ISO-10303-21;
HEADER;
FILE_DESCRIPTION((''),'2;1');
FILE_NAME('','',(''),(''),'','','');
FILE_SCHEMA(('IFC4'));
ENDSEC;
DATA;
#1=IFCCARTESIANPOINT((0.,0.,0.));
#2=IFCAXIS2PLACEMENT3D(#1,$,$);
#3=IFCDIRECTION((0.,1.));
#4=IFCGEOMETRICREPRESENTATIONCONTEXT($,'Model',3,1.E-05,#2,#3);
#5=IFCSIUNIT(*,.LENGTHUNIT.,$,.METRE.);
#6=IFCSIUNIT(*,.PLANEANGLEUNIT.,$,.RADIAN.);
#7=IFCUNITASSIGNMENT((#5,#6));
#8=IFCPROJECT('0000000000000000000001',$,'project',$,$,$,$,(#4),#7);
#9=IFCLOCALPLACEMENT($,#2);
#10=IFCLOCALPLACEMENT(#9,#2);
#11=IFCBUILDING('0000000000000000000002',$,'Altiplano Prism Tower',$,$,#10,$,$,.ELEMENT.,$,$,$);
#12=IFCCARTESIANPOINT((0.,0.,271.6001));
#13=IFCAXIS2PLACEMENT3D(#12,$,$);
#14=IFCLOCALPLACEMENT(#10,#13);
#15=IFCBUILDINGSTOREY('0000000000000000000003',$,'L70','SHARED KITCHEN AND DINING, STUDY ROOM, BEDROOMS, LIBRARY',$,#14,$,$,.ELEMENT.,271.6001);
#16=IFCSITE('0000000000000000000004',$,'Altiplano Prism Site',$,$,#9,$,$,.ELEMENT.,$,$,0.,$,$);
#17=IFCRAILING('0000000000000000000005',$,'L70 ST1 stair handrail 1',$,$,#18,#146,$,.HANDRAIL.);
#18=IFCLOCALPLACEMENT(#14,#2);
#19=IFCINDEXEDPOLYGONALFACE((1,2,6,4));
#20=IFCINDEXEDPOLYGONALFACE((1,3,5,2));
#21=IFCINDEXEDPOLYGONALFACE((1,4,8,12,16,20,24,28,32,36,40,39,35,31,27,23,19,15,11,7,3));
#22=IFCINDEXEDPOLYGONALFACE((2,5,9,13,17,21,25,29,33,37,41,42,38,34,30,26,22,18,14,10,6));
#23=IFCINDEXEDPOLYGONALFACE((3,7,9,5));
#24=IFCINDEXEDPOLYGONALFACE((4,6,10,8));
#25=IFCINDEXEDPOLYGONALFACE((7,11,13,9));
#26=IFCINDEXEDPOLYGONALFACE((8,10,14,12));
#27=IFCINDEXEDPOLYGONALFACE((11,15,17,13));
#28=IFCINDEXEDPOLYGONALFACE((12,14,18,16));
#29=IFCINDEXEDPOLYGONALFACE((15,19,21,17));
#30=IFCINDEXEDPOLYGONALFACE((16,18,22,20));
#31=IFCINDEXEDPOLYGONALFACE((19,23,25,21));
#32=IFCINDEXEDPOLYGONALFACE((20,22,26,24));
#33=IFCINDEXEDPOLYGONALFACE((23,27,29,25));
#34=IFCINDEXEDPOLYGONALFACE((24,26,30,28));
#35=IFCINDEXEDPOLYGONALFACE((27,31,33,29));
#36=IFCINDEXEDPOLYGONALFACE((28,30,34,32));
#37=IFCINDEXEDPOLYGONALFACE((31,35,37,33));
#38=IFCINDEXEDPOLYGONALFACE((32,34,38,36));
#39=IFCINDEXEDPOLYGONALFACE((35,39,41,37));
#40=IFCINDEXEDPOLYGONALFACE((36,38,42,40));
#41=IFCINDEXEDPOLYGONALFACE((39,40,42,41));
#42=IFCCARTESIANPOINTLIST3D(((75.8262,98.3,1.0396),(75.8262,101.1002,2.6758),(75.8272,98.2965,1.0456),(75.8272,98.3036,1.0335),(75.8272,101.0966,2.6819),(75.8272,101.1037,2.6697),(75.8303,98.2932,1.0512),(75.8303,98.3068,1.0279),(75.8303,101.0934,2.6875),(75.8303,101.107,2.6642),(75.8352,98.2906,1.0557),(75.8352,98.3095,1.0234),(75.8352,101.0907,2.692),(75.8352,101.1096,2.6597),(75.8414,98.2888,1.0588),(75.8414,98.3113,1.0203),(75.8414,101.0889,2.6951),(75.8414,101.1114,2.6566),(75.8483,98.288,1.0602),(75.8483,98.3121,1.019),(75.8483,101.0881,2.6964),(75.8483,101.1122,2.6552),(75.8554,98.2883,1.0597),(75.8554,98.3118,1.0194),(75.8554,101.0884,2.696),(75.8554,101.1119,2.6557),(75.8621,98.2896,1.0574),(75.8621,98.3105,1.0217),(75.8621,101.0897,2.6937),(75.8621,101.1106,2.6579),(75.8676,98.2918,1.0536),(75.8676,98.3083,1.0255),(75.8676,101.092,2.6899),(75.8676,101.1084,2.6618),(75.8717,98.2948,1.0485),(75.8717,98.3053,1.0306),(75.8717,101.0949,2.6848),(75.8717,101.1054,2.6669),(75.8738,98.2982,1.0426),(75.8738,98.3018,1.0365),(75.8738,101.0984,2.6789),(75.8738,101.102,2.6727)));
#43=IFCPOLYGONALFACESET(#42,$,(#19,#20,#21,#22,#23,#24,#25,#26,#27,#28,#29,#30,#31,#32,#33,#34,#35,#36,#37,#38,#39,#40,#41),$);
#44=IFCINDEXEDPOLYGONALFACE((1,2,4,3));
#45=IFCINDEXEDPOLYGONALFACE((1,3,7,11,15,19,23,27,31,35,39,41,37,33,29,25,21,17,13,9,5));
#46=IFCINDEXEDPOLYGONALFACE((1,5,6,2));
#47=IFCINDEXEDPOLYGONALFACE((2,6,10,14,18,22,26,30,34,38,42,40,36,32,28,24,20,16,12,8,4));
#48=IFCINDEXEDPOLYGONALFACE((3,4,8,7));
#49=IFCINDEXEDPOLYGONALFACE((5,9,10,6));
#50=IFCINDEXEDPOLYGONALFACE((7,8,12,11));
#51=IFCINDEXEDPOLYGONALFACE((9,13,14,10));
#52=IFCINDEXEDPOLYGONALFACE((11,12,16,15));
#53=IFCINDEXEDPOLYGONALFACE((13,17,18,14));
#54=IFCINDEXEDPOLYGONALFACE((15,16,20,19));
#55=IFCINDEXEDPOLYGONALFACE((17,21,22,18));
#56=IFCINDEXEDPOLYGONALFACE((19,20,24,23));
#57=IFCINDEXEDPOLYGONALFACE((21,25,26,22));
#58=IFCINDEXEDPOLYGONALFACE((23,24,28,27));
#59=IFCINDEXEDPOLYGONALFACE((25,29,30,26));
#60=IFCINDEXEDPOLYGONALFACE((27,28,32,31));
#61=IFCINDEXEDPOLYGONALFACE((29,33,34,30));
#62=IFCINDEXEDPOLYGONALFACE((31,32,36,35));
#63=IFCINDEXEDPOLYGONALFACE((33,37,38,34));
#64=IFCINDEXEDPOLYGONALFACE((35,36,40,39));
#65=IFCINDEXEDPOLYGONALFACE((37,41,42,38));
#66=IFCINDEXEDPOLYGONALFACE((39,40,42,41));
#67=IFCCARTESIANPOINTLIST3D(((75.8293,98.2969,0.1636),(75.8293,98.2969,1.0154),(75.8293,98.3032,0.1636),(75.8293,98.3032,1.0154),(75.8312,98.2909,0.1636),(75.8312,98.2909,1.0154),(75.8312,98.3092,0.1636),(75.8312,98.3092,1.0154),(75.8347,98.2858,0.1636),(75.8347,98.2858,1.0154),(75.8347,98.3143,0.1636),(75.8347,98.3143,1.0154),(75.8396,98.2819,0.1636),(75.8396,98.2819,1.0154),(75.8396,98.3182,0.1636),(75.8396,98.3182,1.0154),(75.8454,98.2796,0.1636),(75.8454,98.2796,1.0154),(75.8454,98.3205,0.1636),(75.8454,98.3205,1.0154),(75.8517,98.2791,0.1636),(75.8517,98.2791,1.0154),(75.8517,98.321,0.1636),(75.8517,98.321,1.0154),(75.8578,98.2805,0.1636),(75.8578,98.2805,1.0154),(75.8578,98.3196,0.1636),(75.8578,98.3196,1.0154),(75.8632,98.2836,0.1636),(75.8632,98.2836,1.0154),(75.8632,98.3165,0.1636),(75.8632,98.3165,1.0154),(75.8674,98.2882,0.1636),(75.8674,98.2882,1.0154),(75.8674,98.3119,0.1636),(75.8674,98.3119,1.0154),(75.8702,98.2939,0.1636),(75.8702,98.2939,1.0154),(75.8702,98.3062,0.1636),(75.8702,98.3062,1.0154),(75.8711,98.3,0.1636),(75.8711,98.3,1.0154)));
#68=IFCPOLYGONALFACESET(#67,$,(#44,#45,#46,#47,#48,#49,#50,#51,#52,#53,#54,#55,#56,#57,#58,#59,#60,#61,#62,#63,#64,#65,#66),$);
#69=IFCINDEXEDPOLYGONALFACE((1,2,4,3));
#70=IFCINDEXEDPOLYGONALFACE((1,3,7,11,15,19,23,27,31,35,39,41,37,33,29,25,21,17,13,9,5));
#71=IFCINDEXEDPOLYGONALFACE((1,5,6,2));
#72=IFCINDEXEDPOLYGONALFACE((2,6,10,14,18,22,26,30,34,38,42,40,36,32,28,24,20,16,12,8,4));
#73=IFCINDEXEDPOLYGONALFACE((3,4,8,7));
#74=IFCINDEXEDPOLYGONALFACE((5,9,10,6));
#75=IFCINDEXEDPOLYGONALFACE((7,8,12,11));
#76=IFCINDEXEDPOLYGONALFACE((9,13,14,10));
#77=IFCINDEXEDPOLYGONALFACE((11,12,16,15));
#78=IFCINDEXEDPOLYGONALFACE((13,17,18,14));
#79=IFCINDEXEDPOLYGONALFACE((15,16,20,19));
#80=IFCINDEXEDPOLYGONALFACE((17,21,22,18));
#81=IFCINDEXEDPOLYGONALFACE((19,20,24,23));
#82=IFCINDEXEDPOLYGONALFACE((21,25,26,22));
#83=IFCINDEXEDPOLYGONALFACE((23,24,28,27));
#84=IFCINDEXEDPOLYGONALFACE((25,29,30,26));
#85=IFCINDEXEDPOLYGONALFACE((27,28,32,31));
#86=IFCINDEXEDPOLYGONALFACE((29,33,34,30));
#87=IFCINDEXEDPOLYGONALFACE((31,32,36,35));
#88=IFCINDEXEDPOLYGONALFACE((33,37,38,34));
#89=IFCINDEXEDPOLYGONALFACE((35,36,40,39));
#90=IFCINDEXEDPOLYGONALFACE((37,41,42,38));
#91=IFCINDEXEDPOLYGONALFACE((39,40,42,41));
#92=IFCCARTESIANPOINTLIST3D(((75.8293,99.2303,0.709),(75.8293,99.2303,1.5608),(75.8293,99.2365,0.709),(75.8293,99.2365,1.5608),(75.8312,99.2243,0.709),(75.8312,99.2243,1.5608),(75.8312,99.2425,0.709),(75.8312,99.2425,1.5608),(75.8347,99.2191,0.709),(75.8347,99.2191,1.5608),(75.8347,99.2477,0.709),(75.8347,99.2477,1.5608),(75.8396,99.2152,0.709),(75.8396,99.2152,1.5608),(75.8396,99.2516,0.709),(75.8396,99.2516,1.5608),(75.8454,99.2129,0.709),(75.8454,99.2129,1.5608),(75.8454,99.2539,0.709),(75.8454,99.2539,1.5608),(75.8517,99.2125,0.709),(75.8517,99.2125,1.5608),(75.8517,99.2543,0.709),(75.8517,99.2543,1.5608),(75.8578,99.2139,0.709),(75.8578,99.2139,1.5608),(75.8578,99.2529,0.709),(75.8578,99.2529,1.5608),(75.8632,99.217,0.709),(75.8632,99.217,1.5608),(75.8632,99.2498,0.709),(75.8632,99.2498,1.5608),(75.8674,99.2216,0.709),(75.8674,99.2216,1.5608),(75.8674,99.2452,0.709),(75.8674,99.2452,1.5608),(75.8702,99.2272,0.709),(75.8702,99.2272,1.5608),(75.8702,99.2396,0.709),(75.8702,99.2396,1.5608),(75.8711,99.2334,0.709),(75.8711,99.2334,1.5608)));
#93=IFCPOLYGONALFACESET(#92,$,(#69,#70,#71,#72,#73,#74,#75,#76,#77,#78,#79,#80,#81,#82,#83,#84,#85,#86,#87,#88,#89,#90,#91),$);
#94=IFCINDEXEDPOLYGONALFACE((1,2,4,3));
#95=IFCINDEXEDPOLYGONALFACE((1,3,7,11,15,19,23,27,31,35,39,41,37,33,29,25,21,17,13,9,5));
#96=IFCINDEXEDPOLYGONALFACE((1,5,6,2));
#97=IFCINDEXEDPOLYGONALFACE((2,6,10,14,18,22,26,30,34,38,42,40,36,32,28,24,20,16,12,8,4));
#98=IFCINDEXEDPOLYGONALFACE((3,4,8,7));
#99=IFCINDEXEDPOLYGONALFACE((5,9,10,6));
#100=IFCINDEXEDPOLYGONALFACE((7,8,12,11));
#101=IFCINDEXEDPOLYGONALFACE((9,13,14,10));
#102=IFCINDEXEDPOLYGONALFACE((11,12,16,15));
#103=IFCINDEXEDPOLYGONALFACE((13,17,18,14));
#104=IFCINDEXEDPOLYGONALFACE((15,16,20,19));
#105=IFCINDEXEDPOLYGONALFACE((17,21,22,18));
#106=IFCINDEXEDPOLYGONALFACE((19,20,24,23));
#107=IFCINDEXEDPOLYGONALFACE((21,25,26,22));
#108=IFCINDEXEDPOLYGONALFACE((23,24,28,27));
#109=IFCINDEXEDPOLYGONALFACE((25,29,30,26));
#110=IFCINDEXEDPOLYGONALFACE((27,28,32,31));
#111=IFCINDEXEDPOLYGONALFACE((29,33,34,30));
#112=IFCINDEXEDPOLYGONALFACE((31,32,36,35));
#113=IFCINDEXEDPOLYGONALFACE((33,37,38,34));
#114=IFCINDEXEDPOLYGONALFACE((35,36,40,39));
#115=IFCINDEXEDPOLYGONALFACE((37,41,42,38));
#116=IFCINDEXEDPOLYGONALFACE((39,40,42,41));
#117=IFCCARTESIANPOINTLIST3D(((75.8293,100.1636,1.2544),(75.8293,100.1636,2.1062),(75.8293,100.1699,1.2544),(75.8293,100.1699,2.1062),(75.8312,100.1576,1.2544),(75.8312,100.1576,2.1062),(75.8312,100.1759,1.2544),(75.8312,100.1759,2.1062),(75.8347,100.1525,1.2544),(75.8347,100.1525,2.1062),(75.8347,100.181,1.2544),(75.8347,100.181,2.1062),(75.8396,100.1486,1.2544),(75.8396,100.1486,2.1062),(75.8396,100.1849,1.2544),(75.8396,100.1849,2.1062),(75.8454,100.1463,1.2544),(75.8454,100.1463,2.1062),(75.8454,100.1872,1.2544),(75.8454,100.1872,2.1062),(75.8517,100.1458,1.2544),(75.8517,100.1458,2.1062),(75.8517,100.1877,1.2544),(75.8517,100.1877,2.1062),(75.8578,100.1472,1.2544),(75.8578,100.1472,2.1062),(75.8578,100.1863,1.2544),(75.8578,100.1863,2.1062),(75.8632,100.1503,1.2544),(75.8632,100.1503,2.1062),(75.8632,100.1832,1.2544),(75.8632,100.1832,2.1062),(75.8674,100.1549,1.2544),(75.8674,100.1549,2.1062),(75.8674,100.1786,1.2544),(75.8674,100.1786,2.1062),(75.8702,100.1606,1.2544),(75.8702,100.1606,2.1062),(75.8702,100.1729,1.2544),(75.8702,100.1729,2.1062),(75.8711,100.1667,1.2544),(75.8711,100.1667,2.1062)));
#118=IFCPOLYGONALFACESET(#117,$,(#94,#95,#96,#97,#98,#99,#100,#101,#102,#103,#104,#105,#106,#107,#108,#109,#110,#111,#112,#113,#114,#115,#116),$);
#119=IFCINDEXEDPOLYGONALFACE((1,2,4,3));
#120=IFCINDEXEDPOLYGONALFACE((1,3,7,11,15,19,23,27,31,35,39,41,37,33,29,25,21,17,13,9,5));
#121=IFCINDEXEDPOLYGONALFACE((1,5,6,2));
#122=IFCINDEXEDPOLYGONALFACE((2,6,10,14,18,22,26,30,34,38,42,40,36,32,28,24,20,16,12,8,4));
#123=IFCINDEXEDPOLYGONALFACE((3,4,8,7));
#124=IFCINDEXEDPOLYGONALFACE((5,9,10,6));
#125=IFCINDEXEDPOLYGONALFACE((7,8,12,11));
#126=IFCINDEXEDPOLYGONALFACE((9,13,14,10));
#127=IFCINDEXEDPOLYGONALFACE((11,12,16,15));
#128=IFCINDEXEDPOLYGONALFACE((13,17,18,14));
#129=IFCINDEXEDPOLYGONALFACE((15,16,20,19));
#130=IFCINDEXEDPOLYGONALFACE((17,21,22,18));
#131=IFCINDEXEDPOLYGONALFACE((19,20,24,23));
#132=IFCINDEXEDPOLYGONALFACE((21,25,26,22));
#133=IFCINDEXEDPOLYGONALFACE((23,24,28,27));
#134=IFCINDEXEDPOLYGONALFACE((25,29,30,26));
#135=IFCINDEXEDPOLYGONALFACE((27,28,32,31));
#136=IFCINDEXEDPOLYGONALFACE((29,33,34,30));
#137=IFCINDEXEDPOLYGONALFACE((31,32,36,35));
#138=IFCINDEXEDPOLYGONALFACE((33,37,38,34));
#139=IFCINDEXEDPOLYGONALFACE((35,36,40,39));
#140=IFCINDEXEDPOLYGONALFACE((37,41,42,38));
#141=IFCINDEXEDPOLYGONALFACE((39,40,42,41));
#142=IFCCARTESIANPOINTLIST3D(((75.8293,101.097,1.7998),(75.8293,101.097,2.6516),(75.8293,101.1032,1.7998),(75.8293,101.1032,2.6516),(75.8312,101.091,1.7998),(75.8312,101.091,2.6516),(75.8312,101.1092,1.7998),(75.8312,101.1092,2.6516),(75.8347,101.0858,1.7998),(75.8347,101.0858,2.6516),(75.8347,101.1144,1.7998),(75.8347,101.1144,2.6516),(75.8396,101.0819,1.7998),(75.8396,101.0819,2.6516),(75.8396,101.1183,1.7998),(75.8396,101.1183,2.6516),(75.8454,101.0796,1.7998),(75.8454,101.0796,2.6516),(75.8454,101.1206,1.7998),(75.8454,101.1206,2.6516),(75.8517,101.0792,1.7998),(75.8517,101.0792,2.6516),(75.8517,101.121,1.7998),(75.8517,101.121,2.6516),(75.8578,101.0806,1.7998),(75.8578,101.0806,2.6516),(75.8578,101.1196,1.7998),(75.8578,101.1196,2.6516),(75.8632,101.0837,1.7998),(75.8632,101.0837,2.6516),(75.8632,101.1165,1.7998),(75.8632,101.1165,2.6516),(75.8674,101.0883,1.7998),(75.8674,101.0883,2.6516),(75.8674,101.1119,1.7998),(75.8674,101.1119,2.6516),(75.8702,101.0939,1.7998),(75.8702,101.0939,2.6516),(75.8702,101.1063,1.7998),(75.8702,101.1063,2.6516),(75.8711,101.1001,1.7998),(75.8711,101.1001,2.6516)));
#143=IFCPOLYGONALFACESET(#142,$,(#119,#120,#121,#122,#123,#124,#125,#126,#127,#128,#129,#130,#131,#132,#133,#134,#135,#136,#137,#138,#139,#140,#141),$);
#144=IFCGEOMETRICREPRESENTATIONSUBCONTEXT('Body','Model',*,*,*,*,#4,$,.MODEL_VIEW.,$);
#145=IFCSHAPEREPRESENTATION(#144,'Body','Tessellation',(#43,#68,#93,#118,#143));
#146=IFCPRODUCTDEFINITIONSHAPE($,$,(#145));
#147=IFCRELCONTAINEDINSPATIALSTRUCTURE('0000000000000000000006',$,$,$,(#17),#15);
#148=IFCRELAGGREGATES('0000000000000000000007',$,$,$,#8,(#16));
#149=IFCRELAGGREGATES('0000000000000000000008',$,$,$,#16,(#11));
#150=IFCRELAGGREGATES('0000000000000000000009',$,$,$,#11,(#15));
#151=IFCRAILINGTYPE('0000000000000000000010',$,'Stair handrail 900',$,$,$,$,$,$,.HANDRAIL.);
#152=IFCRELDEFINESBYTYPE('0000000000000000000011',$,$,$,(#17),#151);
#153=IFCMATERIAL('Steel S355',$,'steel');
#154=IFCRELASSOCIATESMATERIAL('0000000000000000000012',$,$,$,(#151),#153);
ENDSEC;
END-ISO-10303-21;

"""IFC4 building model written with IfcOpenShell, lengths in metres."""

from ifc_helpers import new_model, si_unit, direction, frame, origin, origin_2d, place, context, subcontext, project, spatial, circle, extrude, material, type_object, element, save


model = new_model("IFC4")

# Units and contexts
model_context = context("Model", 3, precision=1e-05, world=origin(), true_north=direction((0.0, 1.0)))
body_context = subcontext(model_context, "Body", "Model", "MODEL_VIEW")
ifc_project = project(units=[si_unit("LENGTHUNIT", "METRE"), si_unit("PLANEANGLEUNIT", "RADIAN")], contexts=[model_context])

# Site, building, storey
site_placement = place(None, origin())
site = spatial("IfcSite", under=ifc_project, at=site_placement, Name="Altiplano Prism Site", CompositionType="ELEMENT", RefElevation=0.0)
building_placement = place(site_placement, origin())
building = spatial("IfcBuilding", under=site, at=building_placement, Name="Altiplano Prism Tower", CompositionType="ELEMENT")
storey_placement = place(building_placement, frame((0.0, 0.0, 271.6001)))
storey = spatial("IfcBuildingStorey", under=building, at=storey_placement, Name="L70", Description="SHARED KITCHEN AND DINING, STUDY ROOM, BEDROOMS, LIBRARY", CompositionType="ELEMENT", Elevation=271.6001)

# Railing
ifc_material_1 = material(Name="Steel S355", Category="steel")
railing_type_1 = type_object("IfcRailingType", Name="Stair handrail 900", PredefinedType="HANDRAIL", material=ifc_material_1)
railing_1_placement = place(storey_placement, frame((75.8501, 98.3, 0.1636)))
element("IfcRailing", 1, at=railing_1_placement, inside=storey, type_object=railing_type_1, Name="L70 ST1 stair handrail 1", PredefinedType="HANDRAIL", context=body_context, shape_type="SweptSolid", body=[
    extrude(circle(Radius=0.0239, at=origin_2d()), frame((0.0, 0.0, 0.876), z_axis=(0.0, 0.863394, 0.504531), x_axis=(-1.0, 0.0, 0.0)), (0.0, 0.0, 1.0), 3.2432),
    extrude(circle(Radius=0.021, at=origin_2d()), origin(), (0.0, 0.0, 1.0), 0.8518),
    extrude(circle(Radius=0.021, at=origin_2d()), frame((0.0, 0.9333, 0.5454)), (0.0, 0.0, 1.0), 0.8518),
    extrude(circle(Radius=0.021, at=origin_2d()), frame((0.0, 1.8667, 1.0908)), (0.0, 0.0, 1.0), 0.8518),
    extrude(circle(Radius=0.021, at=origin_2d()), frame((0.0, 2.8, 1.6362)), (0.0, 0.0, 1.0), 0.8518),
])

save(model, "model.ifc")
